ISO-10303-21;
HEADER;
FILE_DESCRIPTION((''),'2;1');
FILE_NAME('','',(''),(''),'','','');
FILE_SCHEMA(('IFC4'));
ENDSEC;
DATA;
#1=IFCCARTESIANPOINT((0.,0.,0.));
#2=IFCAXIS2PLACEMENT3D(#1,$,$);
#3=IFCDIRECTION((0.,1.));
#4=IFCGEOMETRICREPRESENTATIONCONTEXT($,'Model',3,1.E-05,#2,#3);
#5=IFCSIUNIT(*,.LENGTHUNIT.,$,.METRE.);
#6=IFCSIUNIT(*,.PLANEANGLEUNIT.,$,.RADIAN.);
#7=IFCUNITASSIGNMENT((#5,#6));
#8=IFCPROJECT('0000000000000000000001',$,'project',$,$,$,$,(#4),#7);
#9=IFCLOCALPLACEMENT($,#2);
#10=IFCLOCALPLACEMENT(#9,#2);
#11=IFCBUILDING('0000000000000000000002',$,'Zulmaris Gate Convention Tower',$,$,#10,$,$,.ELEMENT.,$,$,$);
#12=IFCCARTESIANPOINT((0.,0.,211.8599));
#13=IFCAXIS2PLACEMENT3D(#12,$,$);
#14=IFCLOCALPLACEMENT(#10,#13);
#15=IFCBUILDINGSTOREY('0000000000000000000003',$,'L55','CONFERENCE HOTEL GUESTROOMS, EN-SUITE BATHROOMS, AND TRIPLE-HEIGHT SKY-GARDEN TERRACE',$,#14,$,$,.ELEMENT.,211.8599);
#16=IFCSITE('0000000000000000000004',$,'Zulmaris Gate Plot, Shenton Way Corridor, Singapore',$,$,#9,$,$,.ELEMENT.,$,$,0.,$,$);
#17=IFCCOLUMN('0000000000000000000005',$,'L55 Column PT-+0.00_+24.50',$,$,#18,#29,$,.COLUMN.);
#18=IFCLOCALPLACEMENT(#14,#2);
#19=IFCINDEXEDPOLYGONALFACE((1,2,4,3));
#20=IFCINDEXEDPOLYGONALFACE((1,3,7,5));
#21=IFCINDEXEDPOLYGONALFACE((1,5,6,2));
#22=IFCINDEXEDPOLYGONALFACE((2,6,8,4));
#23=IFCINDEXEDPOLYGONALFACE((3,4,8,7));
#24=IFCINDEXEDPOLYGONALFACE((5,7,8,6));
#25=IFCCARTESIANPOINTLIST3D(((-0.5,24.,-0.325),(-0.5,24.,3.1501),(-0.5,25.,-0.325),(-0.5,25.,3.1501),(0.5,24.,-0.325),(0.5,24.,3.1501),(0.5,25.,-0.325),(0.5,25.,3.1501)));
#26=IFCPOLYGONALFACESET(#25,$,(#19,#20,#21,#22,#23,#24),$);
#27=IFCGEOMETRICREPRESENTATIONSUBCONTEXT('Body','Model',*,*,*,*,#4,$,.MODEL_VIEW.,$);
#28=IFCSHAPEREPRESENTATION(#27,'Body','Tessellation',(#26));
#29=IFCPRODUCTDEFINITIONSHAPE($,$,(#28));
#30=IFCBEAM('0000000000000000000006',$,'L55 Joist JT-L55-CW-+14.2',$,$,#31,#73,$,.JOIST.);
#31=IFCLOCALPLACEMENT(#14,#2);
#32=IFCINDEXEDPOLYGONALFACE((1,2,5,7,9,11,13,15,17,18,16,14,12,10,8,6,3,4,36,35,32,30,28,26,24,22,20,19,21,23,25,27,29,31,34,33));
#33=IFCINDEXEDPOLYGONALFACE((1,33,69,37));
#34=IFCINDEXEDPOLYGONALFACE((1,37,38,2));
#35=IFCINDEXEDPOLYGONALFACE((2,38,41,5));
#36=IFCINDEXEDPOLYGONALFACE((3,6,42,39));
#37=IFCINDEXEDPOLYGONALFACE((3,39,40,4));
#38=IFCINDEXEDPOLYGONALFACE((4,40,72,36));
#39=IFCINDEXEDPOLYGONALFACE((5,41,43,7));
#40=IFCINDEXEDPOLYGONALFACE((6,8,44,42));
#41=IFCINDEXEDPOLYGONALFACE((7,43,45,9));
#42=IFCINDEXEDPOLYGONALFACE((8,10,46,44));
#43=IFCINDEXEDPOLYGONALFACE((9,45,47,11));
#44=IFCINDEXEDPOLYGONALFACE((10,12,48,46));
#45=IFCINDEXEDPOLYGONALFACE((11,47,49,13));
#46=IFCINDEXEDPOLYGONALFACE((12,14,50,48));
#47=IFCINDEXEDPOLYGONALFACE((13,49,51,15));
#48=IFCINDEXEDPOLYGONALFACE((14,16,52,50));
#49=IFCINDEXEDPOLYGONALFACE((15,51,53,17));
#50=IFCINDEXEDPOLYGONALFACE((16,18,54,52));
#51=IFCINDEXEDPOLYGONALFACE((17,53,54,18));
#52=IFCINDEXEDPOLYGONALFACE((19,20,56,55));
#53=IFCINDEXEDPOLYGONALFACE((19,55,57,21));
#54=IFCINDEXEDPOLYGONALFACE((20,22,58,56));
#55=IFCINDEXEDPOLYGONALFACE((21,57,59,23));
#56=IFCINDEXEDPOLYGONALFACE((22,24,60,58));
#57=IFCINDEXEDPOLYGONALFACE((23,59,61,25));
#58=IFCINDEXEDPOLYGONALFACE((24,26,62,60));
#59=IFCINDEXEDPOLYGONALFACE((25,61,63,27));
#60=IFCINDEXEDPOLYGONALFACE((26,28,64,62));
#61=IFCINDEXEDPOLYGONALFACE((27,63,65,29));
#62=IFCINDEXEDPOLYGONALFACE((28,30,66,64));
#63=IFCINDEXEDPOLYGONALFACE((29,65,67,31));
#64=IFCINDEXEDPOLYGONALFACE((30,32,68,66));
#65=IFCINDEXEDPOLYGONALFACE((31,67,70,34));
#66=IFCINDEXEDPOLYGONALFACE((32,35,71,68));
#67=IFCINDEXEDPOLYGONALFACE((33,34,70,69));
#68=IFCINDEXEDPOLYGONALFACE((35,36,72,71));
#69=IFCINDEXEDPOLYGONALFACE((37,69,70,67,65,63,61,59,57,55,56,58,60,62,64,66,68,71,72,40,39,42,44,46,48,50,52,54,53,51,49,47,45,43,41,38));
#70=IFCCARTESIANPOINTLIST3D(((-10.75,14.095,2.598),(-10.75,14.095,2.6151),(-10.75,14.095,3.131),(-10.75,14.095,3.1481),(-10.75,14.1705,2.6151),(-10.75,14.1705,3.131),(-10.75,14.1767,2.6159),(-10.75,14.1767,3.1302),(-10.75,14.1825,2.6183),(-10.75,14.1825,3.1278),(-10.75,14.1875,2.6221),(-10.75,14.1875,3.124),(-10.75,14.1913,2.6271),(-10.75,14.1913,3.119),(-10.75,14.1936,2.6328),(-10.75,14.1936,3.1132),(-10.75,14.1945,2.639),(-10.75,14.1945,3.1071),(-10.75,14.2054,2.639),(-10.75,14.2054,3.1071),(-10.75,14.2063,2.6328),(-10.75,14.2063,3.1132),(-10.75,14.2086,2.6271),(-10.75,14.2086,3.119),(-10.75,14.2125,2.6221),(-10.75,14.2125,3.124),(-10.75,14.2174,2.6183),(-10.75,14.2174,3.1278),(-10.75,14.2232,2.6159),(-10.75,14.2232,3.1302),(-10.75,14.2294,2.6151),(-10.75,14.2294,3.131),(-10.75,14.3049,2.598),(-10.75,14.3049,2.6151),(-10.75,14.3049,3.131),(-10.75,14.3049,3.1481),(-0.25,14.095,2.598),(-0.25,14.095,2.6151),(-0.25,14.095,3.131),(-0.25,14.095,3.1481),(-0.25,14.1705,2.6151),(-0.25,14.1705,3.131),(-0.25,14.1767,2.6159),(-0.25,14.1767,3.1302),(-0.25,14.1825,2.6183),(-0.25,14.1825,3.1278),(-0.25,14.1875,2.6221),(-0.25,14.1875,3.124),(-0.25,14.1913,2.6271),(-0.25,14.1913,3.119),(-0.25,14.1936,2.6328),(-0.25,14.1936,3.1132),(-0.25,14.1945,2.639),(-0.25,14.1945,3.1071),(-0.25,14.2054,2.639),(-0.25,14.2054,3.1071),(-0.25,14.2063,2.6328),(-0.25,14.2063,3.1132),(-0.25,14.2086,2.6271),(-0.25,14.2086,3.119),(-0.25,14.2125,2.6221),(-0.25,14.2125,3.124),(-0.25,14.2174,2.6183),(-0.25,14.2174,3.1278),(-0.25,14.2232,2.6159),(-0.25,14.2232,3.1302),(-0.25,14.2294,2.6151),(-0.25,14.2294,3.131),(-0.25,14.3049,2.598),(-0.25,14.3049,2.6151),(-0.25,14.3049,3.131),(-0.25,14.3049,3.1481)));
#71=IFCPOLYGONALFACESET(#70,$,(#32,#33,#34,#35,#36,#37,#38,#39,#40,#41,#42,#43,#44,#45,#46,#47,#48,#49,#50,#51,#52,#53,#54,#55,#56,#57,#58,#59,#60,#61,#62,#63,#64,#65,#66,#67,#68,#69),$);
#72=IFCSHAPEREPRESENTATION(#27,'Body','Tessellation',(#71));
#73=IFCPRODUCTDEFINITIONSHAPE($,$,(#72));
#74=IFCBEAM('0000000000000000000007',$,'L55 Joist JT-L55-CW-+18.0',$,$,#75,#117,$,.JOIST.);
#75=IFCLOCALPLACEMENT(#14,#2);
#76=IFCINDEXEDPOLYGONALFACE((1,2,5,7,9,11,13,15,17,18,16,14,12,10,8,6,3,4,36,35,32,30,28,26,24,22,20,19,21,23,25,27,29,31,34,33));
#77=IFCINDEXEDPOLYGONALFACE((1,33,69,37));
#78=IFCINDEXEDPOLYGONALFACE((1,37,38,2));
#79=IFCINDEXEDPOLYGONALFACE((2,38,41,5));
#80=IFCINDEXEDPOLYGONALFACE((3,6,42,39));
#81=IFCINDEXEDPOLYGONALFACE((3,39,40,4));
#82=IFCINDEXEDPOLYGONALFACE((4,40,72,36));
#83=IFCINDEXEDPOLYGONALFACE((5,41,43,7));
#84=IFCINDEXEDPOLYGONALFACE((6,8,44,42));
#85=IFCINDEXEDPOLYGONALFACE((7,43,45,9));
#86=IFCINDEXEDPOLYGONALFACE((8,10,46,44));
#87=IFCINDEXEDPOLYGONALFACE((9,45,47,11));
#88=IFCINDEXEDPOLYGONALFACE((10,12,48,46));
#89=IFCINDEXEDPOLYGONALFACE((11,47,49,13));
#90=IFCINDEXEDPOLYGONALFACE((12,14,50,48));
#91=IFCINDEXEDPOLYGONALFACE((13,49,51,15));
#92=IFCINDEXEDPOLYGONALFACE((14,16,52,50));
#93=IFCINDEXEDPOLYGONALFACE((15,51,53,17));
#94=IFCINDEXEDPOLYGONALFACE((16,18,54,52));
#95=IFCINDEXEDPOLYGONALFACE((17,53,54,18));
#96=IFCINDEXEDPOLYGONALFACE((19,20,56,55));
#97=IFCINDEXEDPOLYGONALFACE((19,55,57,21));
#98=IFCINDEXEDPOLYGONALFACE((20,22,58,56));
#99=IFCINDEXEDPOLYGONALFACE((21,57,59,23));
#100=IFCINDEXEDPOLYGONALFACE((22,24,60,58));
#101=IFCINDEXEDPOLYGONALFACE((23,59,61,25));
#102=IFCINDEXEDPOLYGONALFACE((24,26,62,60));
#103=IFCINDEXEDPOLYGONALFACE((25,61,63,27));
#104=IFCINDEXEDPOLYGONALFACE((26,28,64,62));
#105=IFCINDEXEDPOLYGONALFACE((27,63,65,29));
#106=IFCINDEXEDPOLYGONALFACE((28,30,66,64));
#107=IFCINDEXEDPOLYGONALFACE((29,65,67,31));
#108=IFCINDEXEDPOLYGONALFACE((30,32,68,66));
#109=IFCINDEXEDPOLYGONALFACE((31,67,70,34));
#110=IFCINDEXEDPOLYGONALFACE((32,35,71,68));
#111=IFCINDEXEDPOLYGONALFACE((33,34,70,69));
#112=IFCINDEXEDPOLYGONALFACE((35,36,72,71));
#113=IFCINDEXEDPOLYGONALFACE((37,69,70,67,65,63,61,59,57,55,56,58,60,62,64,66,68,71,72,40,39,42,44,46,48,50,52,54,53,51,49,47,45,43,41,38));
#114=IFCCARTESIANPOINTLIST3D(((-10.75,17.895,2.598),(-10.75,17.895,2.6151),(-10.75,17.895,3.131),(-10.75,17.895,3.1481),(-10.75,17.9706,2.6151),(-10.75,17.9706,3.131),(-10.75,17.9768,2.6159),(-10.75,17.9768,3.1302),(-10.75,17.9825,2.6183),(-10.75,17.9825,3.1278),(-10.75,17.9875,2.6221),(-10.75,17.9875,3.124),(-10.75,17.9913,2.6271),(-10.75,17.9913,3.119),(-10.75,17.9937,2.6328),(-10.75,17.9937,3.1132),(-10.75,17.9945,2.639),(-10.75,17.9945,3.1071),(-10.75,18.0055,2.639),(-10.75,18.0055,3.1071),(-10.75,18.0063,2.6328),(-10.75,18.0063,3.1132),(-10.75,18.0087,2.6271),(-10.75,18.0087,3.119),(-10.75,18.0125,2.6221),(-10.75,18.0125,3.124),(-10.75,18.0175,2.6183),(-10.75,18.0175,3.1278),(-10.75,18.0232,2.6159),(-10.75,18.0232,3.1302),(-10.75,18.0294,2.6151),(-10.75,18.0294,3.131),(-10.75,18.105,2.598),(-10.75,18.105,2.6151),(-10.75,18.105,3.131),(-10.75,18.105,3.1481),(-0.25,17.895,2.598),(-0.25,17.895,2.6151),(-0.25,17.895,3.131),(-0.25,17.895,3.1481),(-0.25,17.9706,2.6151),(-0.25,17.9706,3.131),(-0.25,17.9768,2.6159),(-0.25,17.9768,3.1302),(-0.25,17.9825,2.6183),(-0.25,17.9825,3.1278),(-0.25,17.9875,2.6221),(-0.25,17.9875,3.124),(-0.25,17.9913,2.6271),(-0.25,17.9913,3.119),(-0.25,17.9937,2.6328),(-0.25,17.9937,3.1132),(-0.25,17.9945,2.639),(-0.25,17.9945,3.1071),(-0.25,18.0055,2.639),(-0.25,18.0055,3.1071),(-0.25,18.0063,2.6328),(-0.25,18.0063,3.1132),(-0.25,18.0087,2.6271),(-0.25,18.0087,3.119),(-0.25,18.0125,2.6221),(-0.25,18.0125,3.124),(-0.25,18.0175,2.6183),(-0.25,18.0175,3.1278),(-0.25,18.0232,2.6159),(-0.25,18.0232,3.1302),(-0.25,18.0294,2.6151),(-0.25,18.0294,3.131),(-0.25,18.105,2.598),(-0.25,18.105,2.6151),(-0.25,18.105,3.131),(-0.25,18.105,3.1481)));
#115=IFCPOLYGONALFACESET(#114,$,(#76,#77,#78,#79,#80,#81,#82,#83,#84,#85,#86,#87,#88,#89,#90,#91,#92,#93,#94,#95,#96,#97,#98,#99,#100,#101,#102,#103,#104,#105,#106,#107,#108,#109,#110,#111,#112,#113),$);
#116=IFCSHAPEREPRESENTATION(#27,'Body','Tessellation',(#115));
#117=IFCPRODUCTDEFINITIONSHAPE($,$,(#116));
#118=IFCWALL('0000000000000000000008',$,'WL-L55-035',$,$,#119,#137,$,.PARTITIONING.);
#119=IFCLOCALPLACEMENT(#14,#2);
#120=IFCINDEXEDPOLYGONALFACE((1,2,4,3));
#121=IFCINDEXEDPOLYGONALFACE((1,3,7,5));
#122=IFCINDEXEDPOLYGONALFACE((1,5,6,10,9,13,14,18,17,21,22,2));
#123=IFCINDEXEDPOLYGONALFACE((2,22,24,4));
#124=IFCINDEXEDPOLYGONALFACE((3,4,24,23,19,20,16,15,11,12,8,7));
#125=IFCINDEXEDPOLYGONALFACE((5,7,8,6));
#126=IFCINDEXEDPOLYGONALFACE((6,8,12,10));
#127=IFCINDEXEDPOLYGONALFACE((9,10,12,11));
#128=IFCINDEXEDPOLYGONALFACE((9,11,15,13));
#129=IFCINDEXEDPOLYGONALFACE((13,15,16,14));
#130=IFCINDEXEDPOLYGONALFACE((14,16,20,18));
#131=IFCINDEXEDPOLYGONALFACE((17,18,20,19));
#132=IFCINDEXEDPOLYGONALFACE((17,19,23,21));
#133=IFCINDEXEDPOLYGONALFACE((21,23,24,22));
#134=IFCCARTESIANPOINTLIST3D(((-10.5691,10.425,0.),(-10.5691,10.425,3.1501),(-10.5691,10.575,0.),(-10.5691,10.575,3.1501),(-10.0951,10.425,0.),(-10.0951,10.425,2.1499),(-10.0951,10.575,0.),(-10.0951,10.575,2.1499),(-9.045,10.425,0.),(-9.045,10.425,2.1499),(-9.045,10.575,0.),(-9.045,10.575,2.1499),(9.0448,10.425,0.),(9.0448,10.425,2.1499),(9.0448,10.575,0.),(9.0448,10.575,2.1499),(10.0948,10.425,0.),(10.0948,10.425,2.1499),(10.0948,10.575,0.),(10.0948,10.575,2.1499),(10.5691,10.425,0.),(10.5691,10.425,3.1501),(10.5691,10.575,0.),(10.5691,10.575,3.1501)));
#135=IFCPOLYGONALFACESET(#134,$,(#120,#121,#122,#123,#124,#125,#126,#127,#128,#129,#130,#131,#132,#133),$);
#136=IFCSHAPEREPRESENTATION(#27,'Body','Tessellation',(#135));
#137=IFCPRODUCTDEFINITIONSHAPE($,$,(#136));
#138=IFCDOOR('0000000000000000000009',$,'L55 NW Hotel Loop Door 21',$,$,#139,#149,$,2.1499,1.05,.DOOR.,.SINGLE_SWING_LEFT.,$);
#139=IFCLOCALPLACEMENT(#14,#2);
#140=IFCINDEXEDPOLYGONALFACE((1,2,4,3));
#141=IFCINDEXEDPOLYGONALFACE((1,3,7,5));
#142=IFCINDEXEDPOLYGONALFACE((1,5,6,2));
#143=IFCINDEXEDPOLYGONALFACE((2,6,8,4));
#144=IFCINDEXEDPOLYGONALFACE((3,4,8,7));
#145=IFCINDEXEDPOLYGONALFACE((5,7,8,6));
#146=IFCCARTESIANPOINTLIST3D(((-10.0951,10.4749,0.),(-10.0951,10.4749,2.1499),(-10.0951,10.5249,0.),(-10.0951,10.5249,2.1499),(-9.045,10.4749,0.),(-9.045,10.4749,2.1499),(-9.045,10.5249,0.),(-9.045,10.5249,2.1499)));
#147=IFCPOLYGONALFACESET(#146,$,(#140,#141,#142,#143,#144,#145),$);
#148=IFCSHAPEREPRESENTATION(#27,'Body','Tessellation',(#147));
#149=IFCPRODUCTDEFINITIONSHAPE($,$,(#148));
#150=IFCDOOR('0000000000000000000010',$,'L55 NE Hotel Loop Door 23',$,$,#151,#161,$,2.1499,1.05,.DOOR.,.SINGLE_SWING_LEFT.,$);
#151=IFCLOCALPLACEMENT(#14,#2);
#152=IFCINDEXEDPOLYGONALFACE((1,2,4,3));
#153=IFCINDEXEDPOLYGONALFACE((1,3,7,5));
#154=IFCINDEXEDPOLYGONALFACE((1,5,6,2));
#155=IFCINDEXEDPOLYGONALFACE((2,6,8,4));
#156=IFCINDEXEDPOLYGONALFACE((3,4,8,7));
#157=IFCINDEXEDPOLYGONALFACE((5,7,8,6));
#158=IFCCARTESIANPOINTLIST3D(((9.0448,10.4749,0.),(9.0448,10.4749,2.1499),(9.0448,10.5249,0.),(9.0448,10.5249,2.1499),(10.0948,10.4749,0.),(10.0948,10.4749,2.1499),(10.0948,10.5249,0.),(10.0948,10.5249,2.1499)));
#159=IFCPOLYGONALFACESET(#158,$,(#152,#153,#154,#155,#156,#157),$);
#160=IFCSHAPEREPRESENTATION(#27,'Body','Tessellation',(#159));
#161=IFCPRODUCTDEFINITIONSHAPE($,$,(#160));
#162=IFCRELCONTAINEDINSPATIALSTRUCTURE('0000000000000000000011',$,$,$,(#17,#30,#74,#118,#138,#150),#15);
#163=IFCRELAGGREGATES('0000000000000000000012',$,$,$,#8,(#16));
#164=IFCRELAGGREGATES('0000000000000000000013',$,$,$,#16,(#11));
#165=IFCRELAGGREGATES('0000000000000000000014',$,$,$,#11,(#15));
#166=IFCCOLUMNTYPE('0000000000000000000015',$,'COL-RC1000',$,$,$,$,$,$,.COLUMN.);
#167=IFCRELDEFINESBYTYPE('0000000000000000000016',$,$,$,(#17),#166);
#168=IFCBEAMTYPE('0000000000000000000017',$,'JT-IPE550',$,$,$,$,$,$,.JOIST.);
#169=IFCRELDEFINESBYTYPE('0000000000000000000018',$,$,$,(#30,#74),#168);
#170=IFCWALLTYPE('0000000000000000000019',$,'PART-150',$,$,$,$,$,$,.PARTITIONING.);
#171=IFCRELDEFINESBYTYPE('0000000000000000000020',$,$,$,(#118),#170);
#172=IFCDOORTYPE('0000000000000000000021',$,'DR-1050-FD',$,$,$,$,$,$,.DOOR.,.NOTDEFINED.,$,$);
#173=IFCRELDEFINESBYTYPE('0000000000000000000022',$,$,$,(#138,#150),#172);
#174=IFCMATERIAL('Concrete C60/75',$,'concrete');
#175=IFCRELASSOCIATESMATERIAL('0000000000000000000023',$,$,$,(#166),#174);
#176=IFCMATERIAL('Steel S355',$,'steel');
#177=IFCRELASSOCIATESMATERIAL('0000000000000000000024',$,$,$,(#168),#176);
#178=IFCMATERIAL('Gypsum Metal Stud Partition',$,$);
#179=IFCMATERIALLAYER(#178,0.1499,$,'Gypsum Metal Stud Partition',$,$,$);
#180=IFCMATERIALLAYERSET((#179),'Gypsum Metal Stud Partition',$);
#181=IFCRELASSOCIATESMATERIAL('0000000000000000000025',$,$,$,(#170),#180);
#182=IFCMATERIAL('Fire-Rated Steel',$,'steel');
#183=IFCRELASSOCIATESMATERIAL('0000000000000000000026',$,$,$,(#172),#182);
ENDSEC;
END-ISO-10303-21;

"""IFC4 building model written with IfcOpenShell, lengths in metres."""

from ifc_helpers import new_model, si_unit, direction, frame, frame_2d, origin, origin_2d, place, context, subcontext, project, spatial, rectangle, i_section, extrude, material, layer, layer_set, material_profile, profile_set, type_object, element, fill, save


model = new_model("IFC4")

# Units and contexts
model_context = context("Model", 3, precision=1e-05, world=origin(), true_north=direction((0.0, 1.0)))
body_context = subcontext(model_context, "Body", "Model", "MODEL_VIEW")
ifc_project = project(units=[si_unit("LENGTHUNIT", "METRE"), si_unit("PLANEANGLEUNIT", "RADIAN")], contexts=[model_context])

# Site, building, storey
site_placement = place(None, origin())
site = spatial("IfcSite", under=ifc_project, at=site_placement, Name="Zulmaris Gate Plot, Shenton Way Corridor, Singapore", CompositionType="ELEMENT", RefElevation=0.0)
building_placement = place(site_placement, origin())
building = spatial("IfcBuilding", under=site, at=building_placement, Name="Zulmaris Gate Convention Tower", CompositionType="ELEMENT")
storey_placement = place(building_placement, frame((0.0, 0.0, 211.8599)))
storey = spatial("IfcBuildingStorey", under=building, at=storey_placement, Name="L55", Description="CONFERENCE HOTEL GUESTROOMS, EN-SUITE BATHROOMS, AND TRIPLE-HEIGHT SKY-GARDEN TERRACE", CompositionType="ELEMENT", Elevation=211.8599)

# Column
ifc_material_1 = material(Name="Concrete C60/75", Category="concrete")
ifc_material_profile_1 = material_profile(ifc_material_1, rectangle(XDim=1.0, YDim=1.0, at=origin_2d()), Name="RC COL 1000x1000")
ifc_profile_set_1 = profile_set([ifc_material_profile_1], Name="Concrete C60/75")
column_type = type_object("IfcColumnType", Name="COL-RC1000", PredefinedType="COLUMN", material=ifc_profile_set_1)
column_placement = place(storey_placement, frame((0.0, 24.5, -0.325), z_axis=(0.0, 0.0, 1.0), x_axis=(1.0, 0.0, 0.0)))
element("IfcColumn", 1, at=column_placement, inside=storey, type_object=column_type, Name="L55 Column PT-+0.00_+24.50", PredefinedType="COLUMN", context=body_context, shape_type="SweptSolid", body=[
    extrude(rectangle(XDim=1.0, YDim=1.0, at=origin_2d()), origin(), (0.0, 0.0, 1.0), 3.4751),
])

# Beams
ifc_material_2 = material(Name="Steel S355", Category="steel")
ifc_material_profile_2 = material_profile(ifc_material_2, i_section(OverallWidth=0.21, OverallDepth=0.55, WebThickness=0.011, FlangeThickness=0.0171, FilletRadius=0.0239, at=origin_2d()), Name="IPE 550")
ifc_profile_set_2 = profile_set([ifc_material_profile_2], Name="Steel S355")
beam_type = type_object("IfcBeamType", Name="JT-IPE550", PredefinedType="JOIST", material=ifc_profile_set_2)
for number, where, z_axis, x_axis, name in (
    (2, (-10.75, 14.2, 2.873), (1.0, 0.0, 0.0), (0.0, 1.0, 0.0), "L55 Joist JT-L55-CW-+14.2"),
    (3, (-10.75, 18.0, 2.873), (1.0, 0.0, 0.0), (0.0, 1.0, 0.0), "L55 Joist JT-L55-CW-+18.0"),
):
    element("IfcBeam", number, at=place(storey_placement, frame(where, z_axis=z_axis, x_axis=x_axis)), inside=storey, type_object=beam_type, Name=name, PredefinedType="JOIST", context=body_context, shape_type="SweptSolid", body=[
        extrude(i_section(OverallWidth=0.21, OverallDepth=0.55, WebThickness=0.011, FlangeThickness=0.0171, FilletRadius=0.0239, at=origin_2d()), origin(), (0.0, 0.0, 1.0), 10.5),
    ])

# Wall, openings, doors
ifc_material_3 = material(Name="Gypsum Metal Stud Partition")
ifc_layer_1 = layer(ifc_material_3, 0.1499, Name="Gypsum Metal Stud Partition")
ifc_layer_set_1 = layer_set([ifc_layer_1], Name="Gypsum Metal Stud Partition")
wall_type_1 = type_object("IfcWallType", Name="PART-150", PredefinedType="PARTITIONING", material=ifc_layer_set_1)
wall_1_placement = place(storey_placement, frame((-10.5691, 10.5, 0.0), z_axis=(0.0, 0.0, 1.0), x_axis=(1.0, 0.0, 0.0)))
wall_1 = element("IfcWall", 4, at=wall_1_placement, inside=storey, type_object=wall_type_1, Name="WL-L55-035", PredefinedType="PARTITIONING", context=body_context, shape_type="SweptSolid", body=[
    extrude(rectangle(XDim=21.1382, YDim=0.1499, at=frame_2d((10.5691, 0.0))), origin(), (0.0, 0.0, 1.0), 3.1501),
])
opening_1_placement = place(wall_1_placement, frame((0.4741, 0.0, 0.0)))
opening_1 = element("IfcOpeningElement", 5, at=opening_1_placement, cuts=wall_1, PredefinedType="OPENING", context=body_context, shape_type="SweptSolid", body=[
    extrude(rectangle(XDim=1.05, YDim=2.1499, at=frame_2d((0.5249, 1.075))), frame((0.0, 0.085, 0.0), z_axis=(0.0, -1.0, 0.0), x_axis=(1.0, 0.0, 0.0)), (0.0, 0.0, 1.0), 0.1699),
])
opening_2_placement = place(wall_1_placement, frame((19.614, 0.0, 0.0)))
opening_2 = element("IfcOpeningElement", 6, at=opening_2_placement, cuts=wall_1, PredefinedType="OPENING", context=body_context, shape_type="SweptSolid", body=[
    extrude(rectangle(XDim=1.05, YDim=2.1499, at=frame_2d((0.5249, 1.075))), frame((0.0, 0.085, 0.0), z_axis=(0.0, -1.0, 0.0), x_axis=(1.0, 0.0, 0.0)), (0.0, 0.0, 1.0), 0.1699),
])
ifc_material_4 = material(Name="Fire-Rated Steel", Category="steel")
door_type_1 = type_object("IfcDoorType", Name="DR-1050-FD", OperationType="NOTDEFINED", PredefinedType="DOOR", material=ifc_material_4)
door_1_placement = place(opening_1_placement, origin())
door_1 = element("IfcDoor", 7, at=door_1_placement, inside=storey, type_object=door_type_1, Name="L55 NW Hotel Loop Door 21", OperationType="SINGLE_SWING_LEFT", OverallHeight=2.1499, OverallWidth=1.05, PredefinedType="DOOR", context=body_context, shape_type="SweptSolid", body=[
    extrude(rectangle(XDim=1.05, YDim=2.1499, at=frame_2d((0.5249, 1.075))), frame((0.0, 0.0249, 0.0), z_axis=(0.0, -1.0, 0.0), x_axis=(1.0, 0.0, 0.0)), (0.0, 0.0, 1.0), 0.05),
])
fill(opening_1, door_1)
door_2_placement = place(opening_2_placement, origin())
door_2 = element("IfcDoor", 8, at=door_2_placement, inside=storey, type_object=door_type_1, Name="L55 NE Hotel Loop Door 23", OperationType="SINGLE_SWING_LEFT", OverallHeight=2.1499, OverallWidth=1.05, PredefinedType="DOOR", context=body_context, shape_type="SweptSolid", body=[
    extrude(rectangle(XDim=1.05, YDim=2.1499, at=frame_2d((0.5249, 1.075))), frame((0.0, 0.0249, 0.0), z_axis=(0.0, -1.0, 0.0), x_axis=(1.0, 0.0, 0.0)), (0.0, 0.0, 1.0), 0.05),
])
fill(opening_2, door_2)

save(model, "model.ifc")
